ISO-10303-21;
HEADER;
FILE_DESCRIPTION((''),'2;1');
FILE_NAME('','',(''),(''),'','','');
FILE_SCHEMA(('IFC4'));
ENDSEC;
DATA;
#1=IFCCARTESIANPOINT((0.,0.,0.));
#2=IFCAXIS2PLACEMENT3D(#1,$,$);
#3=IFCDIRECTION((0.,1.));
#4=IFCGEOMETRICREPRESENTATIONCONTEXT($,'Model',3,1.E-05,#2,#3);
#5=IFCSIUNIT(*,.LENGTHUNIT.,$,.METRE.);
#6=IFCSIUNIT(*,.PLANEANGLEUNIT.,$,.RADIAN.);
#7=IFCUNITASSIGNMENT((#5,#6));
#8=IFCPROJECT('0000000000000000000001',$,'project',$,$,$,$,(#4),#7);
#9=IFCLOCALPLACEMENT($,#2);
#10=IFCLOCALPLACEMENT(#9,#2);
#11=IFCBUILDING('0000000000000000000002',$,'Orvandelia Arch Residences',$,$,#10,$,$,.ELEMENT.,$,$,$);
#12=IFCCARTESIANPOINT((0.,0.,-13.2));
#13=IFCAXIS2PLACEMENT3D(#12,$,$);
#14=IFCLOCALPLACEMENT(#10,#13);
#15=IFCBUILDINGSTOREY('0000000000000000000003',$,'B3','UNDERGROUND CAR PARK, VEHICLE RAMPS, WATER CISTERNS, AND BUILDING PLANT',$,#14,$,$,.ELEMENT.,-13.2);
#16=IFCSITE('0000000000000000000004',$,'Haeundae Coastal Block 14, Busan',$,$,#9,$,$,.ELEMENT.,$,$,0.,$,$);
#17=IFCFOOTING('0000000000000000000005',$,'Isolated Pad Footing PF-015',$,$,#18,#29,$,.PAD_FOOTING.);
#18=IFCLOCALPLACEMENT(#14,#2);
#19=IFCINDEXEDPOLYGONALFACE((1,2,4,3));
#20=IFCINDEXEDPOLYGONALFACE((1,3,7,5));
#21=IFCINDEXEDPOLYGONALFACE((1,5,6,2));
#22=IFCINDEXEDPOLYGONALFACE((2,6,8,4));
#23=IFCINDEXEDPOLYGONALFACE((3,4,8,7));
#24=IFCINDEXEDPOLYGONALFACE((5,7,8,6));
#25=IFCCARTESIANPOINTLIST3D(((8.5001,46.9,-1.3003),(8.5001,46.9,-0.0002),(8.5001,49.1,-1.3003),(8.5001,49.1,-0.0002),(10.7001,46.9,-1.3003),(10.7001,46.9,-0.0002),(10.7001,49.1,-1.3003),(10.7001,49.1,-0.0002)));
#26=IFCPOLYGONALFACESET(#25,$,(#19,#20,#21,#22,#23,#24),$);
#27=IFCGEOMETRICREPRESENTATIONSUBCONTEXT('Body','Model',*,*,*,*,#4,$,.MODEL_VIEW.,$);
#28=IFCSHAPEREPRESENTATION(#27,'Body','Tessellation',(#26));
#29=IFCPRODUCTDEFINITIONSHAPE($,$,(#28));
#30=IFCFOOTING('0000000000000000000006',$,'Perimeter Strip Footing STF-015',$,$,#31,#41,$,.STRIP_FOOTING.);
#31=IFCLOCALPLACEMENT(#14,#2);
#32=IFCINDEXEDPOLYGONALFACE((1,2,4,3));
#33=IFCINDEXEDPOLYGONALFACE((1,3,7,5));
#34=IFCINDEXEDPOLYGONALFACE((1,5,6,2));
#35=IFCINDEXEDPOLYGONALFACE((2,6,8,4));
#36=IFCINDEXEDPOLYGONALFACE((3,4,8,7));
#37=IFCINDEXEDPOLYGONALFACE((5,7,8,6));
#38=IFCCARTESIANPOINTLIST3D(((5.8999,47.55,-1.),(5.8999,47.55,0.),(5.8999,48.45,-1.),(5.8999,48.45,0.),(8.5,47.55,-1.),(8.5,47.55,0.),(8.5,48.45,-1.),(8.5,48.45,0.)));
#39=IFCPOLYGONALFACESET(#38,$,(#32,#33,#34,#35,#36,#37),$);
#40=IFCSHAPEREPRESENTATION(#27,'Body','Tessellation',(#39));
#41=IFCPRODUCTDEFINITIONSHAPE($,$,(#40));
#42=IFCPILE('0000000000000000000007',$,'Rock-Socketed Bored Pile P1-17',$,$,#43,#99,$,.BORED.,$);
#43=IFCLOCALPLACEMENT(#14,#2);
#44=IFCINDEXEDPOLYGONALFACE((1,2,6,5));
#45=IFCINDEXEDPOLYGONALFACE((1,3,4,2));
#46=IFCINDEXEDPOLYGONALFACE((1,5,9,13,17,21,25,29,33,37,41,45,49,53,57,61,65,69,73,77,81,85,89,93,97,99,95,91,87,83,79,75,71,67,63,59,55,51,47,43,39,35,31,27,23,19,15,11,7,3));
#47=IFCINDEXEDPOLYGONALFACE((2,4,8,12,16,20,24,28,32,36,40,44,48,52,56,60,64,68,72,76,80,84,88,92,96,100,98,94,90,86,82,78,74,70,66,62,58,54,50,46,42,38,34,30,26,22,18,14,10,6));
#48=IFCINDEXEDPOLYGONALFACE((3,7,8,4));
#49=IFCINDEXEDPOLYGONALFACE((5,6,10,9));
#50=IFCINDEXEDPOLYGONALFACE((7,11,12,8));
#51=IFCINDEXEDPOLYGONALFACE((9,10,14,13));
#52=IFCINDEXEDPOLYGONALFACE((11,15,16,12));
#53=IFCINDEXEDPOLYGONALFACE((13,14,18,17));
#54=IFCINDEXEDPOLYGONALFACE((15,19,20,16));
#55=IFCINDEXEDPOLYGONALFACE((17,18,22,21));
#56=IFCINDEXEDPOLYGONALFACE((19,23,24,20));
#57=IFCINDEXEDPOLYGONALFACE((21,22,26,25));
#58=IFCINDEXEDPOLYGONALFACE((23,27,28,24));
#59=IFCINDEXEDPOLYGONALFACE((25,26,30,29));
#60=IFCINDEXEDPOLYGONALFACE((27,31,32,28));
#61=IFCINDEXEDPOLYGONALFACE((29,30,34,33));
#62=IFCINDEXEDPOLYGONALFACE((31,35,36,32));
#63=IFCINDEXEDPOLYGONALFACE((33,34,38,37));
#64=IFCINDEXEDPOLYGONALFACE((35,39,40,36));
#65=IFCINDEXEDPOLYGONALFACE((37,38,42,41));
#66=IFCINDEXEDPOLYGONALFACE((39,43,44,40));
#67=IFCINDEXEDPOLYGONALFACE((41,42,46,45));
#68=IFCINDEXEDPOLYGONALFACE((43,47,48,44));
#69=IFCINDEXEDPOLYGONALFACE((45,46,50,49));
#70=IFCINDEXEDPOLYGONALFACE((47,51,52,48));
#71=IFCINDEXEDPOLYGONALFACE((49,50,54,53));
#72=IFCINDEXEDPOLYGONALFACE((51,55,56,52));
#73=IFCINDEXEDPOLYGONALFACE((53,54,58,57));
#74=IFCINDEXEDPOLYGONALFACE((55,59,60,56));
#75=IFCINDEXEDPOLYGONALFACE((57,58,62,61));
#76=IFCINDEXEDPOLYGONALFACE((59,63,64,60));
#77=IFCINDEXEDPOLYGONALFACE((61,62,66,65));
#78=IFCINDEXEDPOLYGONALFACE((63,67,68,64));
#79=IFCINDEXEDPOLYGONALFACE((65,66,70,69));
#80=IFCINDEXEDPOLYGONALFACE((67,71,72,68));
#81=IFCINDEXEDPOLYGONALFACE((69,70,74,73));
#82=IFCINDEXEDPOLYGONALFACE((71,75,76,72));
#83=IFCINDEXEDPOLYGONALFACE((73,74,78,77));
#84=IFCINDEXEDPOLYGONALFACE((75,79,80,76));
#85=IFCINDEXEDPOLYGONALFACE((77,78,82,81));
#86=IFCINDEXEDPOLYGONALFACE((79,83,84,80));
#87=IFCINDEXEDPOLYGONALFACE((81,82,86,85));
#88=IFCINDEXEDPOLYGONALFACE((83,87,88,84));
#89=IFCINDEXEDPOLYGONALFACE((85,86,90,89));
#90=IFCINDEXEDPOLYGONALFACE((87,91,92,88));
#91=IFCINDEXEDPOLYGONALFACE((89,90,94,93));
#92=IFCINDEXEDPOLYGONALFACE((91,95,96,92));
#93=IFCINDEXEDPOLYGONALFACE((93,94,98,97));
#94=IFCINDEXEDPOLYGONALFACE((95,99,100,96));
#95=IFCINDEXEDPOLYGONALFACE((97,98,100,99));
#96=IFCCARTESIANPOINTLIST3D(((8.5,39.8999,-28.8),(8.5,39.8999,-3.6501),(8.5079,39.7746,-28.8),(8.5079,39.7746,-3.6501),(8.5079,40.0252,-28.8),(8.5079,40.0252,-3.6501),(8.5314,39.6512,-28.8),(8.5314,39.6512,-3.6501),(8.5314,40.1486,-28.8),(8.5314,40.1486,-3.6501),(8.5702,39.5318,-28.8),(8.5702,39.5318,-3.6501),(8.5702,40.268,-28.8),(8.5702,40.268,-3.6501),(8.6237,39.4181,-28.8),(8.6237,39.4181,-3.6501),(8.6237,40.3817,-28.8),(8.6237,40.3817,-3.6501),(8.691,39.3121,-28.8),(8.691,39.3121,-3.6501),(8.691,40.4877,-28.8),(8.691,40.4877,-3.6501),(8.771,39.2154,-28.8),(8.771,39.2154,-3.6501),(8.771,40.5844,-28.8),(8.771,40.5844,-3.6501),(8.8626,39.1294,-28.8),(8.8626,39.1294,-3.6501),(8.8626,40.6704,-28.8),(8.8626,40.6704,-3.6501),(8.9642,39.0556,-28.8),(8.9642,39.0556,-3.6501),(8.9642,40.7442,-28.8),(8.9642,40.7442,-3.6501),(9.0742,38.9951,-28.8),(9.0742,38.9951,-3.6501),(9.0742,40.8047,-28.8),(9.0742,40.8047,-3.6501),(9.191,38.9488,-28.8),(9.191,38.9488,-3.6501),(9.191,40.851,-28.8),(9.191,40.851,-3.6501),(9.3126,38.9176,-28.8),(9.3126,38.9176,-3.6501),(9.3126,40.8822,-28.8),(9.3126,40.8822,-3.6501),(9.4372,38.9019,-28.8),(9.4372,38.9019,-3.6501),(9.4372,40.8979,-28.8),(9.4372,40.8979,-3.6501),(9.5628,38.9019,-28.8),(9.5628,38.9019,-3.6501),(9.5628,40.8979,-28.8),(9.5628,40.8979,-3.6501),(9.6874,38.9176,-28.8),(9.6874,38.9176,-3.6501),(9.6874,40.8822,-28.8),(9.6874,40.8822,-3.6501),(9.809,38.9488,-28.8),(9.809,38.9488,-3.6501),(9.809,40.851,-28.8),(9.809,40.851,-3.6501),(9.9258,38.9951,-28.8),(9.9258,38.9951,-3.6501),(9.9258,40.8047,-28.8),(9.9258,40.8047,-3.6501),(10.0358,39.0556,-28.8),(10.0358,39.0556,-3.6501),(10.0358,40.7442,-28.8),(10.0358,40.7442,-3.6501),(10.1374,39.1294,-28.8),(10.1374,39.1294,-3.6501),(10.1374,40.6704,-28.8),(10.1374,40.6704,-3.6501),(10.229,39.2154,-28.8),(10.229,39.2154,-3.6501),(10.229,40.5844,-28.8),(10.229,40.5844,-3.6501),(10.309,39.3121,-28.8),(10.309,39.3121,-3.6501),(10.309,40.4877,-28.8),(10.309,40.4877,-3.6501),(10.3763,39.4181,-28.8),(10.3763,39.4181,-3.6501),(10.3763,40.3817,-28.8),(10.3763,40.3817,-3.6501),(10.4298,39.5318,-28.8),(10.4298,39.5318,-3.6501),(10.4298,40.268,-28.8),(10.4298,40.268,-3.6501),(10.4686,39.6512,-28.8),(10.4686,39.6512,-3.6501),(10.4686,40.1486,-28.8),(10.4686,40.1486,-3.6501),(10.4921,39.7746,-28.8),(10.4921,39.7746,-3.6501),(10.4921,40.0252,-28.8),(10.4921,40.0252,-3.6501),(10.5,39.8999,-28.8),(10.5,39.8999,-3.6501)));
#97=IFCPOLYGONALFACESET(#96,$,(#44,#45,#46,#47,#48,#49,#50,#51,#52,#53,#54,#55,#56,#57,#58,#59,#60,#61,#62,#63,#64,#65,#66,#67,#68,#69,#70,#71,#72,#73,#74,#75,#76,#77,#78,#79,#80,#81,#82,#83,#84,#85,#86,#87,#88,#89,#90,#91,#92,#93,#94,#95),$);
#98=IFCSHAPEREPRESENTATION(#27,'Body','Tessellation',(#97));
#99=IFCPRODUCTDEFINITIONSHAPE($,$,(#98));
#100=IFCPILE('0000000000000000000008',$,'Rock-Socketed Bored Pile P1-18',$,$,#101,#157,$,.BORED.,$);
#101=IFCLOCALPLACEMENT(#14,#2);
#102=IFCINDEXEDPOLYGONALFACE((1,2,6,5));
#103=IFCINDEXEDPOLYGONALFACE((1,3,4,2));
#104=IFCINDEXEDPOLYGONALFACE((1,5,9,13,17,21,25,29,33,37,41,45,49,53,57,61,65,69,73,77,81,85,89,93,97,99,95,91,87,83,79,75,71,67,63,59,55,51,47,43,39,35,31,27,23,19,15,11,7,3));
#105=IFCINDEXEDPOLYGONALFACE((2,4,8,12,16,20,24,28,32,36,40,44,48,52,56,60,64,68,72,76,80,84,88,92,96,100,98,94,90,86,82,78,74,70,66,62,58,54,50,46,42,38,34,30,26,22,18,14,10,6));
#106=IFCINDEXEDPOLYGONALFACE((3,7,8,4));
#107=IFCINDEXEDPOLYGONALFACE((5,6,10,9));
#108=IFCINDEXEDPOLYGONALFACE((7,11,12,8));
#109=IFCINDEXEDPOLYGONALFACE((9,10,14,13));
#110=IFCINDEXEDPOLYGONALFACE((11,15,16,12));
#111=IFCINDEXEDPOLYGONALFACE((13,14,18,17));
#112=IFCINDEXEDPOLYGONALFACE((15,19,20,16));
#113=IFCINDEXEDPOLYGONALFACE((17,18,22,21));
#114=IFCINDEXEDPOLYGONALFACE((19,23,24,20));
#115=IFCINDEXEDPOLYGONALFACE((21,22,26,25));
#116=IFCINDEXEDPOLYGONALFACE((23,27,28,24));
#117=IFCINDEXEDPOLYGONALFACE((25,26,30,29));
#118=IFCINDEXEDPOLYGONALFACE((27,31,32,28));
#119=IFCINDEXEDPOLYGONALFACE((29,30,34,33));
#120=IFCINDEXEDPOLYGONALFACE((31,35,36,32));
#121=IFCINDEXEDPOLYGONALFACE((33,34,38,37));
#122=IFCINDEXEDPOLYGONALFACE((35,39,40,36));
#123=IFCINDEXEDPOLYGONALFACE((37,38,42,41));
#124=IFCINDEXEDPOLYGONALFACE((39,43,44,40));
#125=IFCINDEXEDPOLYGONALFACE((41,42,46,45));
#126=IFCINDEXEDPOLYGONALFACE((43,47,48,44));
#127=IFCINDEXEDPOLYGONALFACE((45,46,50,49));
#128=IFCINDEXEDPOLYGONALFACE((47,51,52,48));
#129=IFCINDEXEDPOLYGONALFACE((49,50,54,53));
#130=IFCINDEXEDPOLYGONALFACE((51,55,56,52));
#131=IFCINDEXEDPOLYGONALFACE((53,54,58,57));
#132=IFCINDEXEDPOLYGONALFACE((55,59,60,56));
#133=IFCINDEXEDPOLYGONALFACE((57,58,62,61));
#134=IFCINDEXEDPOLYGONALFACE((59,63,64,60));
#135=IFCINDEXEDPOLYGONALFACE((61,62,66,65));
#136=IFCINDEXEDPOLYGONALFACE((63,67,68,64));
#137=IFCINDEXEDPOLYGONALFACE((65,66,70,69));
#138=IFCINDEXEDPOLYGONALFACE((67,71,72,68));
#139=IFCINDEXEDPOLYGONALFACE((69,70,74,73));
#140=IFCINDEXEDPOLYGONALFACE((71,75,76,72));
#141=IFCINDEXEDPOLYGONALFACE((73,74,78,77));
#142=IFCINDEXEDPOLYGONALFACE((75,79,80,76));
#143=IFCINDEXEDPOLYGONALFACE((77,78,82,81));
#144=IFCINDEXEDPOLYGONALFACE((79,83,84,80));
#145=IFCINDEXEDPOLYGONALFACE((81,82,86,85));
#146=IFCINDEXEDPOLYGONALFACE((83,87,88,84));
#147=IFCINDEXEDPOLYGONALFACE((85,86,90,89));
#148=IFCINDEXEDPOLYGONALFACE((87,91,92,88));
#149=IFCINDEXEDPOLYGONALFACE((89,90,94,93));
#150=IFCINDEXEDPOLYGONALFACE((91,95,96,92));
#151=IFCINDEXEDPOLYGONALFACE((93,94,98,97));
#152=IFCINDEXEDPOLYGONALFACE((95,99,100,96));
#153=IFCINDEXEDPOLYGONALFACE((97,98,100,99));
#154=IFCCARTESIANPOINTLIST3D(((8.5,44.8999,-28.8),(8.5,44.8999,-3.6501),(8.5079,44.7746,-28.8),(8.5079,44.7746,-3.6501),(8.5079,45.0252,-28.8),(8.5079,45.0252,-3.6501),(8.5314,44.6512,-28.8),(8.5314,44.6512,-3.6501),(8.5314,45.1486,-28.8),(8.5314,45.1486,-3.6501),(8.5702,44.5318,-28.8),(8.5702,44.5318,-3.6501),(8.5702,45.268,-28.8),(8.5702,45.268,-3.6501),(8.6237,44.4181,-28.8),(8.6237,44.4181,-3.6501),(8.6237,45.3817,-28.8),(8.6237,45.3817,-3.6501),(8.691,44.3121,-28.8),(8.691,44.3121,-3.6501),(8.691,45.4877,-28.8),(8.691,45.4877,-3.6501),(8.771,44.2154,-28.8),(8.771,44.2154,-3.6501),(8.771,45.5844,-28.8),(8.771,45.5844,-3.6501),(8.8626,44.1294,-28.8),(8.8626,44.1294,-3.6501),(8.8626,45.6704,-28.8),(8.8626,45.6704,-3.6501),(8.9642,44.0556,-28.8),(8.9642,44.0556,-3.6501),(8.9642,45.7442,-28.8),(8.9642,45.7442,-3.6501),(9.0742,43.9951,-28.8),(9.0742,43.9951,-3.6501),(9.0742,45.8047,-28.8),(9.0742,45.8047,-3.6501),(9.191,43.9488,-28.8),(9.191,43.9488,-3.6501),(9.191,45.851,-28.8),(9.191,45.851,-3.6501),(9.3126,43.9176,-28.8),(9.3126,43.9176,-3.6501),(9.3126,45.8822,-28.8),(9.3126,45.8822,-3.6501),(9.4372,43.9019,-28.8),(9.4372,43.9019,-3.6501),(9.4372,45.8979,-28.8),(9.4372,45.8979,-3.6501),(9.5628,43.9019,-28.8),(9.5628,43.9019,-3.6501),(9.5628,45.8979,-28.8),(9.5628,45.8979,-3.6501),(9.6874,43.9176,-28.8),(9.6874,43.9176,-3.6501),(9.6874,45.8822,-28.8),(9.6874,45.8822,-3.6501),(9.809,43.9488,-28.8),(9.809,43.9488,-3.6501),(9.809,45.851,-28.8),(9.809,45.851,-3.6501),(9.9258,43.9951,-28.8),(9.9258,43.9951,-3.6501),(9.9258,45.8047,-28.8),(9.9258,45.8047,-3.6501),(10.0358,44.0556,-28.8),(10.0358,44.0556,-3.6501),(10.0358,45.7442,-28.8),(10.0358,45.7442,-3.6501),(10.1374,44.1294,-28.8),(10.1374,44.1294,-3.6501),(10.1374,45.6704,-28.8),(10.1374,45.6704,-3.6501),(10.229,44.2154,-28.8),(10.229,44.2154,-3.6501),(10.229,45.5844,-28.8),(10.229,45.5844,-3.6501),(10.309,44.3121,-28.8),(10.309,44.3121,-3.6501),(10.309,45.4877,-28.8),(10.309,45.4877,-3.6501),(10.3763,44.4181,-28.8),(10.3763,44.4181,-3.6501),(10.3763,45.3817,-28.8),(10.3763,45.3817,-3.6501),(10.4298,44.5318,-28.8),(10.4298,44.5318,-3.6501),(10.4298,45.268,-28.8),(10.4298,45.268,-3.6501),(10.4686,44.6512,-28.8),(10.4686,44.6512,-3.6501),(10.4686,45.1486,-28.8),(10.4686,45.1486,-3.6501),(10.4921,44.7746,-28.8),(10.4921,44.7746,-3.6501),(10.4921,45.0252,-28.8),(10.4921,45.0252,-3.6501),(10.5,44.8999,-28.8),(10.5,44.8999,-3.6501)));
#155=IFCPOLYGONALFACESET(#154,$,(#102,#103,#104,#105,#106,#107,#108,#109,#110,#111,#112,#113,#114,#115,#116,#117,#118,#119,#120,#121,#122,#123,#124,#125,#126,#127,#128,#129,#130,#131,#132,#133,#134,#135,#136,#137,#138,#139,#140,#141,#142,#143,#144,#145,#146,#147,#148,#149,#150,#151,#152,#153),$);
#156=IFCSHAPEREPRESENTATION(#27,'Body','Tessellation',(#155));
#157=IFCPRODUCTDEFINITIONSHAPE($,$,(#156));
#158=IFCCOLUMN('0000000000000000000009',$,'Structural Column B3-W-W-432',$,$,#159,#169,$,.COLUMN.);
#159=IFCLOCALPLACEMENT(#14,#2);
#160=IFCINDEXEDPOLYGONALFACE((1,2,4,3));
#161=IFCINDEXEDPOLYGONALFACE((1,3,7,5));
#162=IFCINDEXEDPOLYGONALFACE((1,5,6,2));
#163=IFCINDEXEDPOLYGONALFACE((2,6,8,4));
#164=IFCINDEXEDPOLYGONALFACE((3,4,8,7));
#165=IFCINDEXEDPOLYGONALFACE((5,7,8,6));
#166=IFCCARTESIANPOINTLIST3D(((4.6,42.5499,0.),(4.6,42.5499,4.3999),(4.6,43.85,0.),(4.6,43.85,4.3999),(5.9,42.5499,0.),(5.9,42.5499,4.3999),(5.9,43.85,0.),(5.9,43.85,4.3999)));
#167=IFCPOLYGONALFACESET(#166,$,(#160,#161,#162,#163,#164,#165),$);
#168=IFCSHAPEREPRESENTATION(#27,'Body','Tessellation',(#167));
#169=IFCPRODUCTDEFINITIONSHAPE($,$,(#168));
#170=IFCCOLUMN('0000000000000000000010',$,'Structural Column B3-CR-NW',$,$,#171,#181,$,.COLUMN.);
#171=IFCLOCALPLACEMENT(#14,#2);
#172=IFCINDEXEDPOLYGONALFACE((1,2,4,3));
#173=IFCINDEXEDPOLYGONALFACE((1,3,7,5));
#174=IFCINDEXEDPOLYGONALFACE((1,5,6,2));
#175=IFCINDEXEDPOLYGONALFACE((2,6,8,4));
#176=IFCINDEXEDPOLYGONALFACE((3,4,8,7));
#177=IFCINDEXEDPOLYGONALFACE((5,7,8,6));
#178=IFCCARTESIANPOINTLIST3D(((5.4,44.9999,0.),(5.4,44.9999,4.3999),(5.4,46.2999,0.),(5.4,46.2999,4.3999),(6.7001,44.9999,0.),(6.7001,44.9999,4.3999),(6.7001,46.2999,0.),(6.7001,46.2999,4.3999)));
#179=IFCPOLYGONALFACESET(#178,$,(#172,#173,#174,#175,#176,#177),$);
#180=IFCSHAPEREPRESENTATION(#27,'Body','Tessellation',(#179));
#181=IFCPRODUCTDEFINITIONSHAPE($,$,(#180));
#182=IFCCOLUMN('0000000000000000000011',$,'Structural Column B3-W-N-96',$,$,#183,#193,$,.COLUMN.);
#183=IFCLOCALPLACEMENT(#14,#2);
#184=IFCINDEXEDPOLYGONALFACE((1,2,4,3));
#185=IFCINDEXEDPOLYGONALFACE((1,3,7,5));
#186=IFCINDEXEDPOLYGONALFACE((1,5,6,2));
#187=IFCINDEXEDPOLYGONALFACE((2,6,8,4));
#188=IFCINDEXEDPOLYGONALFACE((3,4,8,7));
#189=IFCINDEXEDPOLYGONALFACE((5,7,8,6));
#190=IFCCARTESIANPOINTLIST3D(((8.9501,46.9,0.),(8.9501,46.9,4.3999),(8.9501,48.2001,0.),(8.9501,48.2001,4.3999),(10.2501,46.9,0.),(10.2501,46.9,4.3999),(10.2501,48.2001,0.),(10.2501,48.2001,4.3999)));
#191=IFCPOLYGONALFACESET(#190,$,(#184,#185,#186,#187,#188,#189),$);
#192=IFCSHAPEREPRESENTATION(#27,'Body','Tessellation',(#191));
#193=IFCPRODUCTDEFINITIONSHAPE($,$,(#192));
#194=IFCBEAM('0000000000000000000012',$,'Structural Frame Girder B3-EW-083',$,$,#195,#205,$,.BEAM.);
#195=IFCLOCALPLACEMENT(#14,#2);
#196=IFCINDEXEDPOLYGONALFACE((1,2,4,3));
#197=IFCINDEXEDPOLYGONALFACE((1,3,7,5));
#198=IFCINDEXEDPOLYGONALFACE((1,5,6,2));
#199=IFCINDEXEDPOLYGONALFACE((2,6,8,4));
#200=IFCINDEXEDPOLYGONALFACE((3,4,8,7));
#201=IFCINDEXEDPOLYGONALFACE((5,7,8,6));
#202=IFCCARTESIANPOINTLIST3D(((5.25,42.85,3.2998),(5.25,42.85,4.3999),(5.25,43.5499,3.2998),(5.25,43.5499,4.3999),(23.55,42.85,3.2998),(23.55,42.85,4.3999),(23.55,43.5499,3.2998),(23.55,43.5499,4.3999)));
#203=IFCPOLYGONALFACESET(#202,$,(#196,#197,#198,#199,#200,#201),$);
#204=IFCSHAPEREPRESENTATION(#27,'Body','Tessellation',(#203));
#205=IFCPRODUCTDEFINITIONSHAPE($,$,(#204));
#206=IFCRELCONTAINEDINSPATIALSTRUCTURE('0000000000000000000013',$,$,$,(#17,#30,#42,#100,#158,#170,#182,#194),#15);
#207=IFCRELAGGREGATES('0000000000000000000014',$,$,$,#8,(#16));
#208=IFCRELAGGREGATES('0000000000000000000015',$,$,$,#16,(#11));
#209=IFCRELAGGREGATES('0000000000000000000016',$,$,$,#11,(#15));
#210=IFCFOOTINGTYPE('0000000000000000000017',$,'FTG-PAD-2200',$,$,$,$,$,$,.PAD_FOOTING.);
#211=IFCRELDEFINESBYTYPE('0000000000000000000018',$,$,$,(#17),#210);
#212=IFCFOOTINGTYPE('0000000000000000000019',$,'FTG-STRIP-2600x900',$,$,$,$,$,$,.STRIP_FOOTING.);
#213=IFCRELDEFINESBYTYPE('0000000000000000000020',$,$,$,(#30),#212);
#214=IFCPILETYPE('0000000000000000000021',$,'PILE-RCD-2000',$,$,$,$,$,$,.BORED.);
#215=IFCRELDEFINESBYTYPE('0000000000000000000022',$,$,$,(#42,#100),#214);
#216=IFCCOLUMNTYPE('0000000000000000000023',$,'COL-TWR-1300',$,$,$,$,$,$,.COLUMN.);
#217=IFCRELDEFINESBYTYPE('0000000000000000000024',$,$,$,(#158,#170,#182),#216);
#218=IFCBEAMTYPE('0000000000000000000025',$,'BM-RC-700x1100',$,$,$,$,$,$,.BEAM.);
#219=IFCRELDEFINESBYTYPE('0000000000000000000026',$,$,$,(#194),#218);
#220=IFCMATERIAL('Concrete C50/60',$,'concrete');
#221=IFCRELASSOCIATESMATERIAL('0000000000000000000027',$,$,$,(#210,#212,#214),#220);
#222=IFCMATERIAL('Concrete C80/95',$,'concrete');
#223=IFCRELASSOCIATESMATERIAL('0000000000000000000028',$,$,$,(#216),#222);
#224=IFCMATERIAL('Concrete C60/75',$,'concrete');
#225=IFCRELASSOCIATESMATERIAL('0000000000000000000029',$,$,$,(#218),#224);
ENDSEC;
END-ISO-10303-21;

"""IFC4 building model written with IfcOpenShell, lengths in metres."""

from ifc_helpers import new_model, si_unit, direction, frame, origin, origin_2d, place, context, subcontext, project, spatial, rectangle, circle, extrude, material, material_profile, profile_set, type_object, element, save


model = new_model("IFC4")

# Units and contexts
model_context = context("Model", 3, precision=1e-05, world=origin(), true_north=direction((0.0, 1.0)))
body_context = subcontext(model_context, "Body", "Model", "MODEL_VIEW")
ifc_project = project(units=[si_unit("LENGTHUNIT", "METRE"), si_unit("PLANEANGLEUNIT", "RADIAN")], contexts=[model_context])

# Site, building, storey
site_placement = place(None, origin())
site = spatial("IfcSite", under=ifc_project, at=site_placement, Name="Haeundae Coastal Block 14, Busan", CompositionType="ELEMENT", RefElevation=0.0)
building_placement = place(site_placement, origin())
building = spatial("IfcBuilding", under=site, at=building_placement, Name="Orvandelia Arch Residences", CompositionType="ELEMENT")
storey_placement = place(building_placement, frame((0.0, 0.0, -13.2)))
storey = spatial("IfcBuildingStorey", under=building, at=storey_placement, Name="B3", Description="UNDERGROUND CAR PARK, VEHICLE RAMPS, WATER CISTERNS, AND BUILDING PLANT", CompositionType="ELEMENT", Elevation=-13.2)

# Footings
ifc_material_1 = material(Name="Concrete C50/60", Category="concrete")
footing_type_1 = type_object("IfcFootingType", Name="FTG-PAD-2200", PredefinedType="PAD_FOOTING", material=ifc_material_1)
footing_1_placement = place(storey_placement, frame((9.6001, 48.0, -1.3003), z_axis=(0.0, 0.0, 1.0), x_axis=(1.0, 0.0, 0.0)))
element("IfcFooting", 1, at=footing_1_placement, inside=storey, type_object=footing_type_1, Name="Isolated Pad Footing PF-015", PredefinedType="PAD_FOOTING", context=body_context, shape_type="SweptSolid", body=[
    extrude(rectangle(XDim=2.2, YDim=2.2, at=origin_2d()), origin(), (0.0, 0.0, 1.0), 1.3),
])
footing_type_2 = type_object("IfcFootingType", Name="FTG-STRIP-2600x900", PredefinedType="STRIP_FOOTING", material=ifc_material_1)
footing_2_placement = place(storey_placement, frame((7.2, 48.0, -1.0), z_axis=(0.0, 0.0, 1.0), x_axis=(1.0, 0.0, 0.0)))
element("IfcFooting", 2, at=footing_2_placement, inside=storey, type_object=footing_type_2, Name="Perimeter Strip Footing STF-015", PredefinedType="STRIP_FOOTING", context=body_context, shape_type="SweptSolid", body=[
    extrude(rectangle(XDim=2.6001, YDim=0.8999, at=origin_2d()), origin(), (0.0, 0.0, 1.0), 1.0),
])

# Piles
ifc_material_profile_1 = material_profile(ifc_material_1, circle(Radius=1.0, at=origin_2d()), Name="Concrete C50/60", Category="concrete")
ifc_profile_set_1 = profile_set([ifc_material_profile_1], Name="Concrete C50/60")
pile_type = type_object("IfcPileType", Name="PILE-RCD-2000", PredefinedType="BORED", material=ifc_profile_set_1)
for number, where, z_axis, x_axis, name in (
    (3, (9.5, 39.8999, -3.6501), (0.0, 0.0, -1.0), (1.0, 0.0, 0.0), "Rock-Socketed Bored Pile P1-17"),
    (4, (9.5, 44.8999, -3.6501), (0.0, 0.0, -1.0), (1.0, 0.0, 0.0), "Rock-Socketed Bored Pile P1-18"),
):
    element("IfcPile", number, at=place(storey_placement, frame(where, z_axis=z_axis, x_axis=x_axis)), inside=storey, type_object=pile_type, Name=name, PredefinedType="BORED", context=body_context, shape_type="SweptSolid", body=[
        extrude(circle(Radius=1.0, at=origin_2d()), origin(), (0.0, 0.0, 1.0), 25.1499),
    ])

# Columns
ifc_material_2 = material(Name="Concrete C80/95", Category="concrete")
ifc_material_profile_2 = material_profile(ifc_material_2, rectangle(XDim=1.3, YDim=1.3, at=origin_2d()), Name="Concrete C80/95", Category="concrete")
ifc_profile_set_2 = profile_set([ifc_material_profile_2], Name="Concrete C80/95")
column_type = type_object("IfcColumnType", Name="COL-TWR-1300", PredefinedType="COLUMN", material=ifc_profile_set_2)
for number, where, z_axis, x_axis, name in (
    (5, (5.25, 43.2, 0.0), (0.0, 0.0, 1.0), (1.0, 0.0, 0.0), "Structural Column B3-W-W-432"),
    (6, (6.05, 45.6499, 0.0), (0.0, 0.0, 1.0), (1.0, 0.0, 0.0), "Structural Column B3-CR-NW"),
    (7, (9.6001, 47.55, 0.0), (0.0, 0.0, 1.0), (1.0, 0.0, 0.0), "Structural Column B3-W-N-96"),
):
    element("IfcColumn", number, at=place(storey_placement, frame(where, z_axis=z_axis, x_axis=x_axis)), inside=storey, type_object=column_type, Name=name, PredefinedType="COLUMN", context=body_context, shape_type="SweptSolid", body=[
        extrude(rectangle(XDim=1.3, YDim=1.3, at=origin_2d()), origin(), (0.0, 0.0, 1.0), 4.3999),
    ])

# Beam
ifc_material_3 = material(Name="Concrete C60/75", Category="concrete")
ifc_material_profile_3 = material_profile(ifc_material_3, rectangle(XDim=0.7, YDim=1.1001, at=origin_2d()), Name="Concrete C60/75", Category="concrete")
ifc_profile_set_3 = profile_set([ifc_material_profile_3], Name="Concrete C60/75")
beam_type = type_object("IfcBeamType", Name="BM-RC-700x1100", PredefinedType="BEAM", material=ifc_profile_set_3)
beam_1_placement = place(storey_placement, frame((5.25, 43.2, 3.8499), z_axis=(1.0, 0.0, 0.0), x_axis=(0.0, 1.0, 0.0)))
element("IfcBeam", 8, at=beam_1_placement, inside=storey, type_object=beam_type, Name="Structural Frame Girder B3-EW-083", PredefinedType="BEAM", context=body_context, shape_type="SweptSolid", body=[
    extrude(rectangle(XDim=0.7, YDim=1.1001, at=origin_2d()), origin(), (0.0, 0.0, 1.0), 18.3),
])

save(model, "model.ifc")
